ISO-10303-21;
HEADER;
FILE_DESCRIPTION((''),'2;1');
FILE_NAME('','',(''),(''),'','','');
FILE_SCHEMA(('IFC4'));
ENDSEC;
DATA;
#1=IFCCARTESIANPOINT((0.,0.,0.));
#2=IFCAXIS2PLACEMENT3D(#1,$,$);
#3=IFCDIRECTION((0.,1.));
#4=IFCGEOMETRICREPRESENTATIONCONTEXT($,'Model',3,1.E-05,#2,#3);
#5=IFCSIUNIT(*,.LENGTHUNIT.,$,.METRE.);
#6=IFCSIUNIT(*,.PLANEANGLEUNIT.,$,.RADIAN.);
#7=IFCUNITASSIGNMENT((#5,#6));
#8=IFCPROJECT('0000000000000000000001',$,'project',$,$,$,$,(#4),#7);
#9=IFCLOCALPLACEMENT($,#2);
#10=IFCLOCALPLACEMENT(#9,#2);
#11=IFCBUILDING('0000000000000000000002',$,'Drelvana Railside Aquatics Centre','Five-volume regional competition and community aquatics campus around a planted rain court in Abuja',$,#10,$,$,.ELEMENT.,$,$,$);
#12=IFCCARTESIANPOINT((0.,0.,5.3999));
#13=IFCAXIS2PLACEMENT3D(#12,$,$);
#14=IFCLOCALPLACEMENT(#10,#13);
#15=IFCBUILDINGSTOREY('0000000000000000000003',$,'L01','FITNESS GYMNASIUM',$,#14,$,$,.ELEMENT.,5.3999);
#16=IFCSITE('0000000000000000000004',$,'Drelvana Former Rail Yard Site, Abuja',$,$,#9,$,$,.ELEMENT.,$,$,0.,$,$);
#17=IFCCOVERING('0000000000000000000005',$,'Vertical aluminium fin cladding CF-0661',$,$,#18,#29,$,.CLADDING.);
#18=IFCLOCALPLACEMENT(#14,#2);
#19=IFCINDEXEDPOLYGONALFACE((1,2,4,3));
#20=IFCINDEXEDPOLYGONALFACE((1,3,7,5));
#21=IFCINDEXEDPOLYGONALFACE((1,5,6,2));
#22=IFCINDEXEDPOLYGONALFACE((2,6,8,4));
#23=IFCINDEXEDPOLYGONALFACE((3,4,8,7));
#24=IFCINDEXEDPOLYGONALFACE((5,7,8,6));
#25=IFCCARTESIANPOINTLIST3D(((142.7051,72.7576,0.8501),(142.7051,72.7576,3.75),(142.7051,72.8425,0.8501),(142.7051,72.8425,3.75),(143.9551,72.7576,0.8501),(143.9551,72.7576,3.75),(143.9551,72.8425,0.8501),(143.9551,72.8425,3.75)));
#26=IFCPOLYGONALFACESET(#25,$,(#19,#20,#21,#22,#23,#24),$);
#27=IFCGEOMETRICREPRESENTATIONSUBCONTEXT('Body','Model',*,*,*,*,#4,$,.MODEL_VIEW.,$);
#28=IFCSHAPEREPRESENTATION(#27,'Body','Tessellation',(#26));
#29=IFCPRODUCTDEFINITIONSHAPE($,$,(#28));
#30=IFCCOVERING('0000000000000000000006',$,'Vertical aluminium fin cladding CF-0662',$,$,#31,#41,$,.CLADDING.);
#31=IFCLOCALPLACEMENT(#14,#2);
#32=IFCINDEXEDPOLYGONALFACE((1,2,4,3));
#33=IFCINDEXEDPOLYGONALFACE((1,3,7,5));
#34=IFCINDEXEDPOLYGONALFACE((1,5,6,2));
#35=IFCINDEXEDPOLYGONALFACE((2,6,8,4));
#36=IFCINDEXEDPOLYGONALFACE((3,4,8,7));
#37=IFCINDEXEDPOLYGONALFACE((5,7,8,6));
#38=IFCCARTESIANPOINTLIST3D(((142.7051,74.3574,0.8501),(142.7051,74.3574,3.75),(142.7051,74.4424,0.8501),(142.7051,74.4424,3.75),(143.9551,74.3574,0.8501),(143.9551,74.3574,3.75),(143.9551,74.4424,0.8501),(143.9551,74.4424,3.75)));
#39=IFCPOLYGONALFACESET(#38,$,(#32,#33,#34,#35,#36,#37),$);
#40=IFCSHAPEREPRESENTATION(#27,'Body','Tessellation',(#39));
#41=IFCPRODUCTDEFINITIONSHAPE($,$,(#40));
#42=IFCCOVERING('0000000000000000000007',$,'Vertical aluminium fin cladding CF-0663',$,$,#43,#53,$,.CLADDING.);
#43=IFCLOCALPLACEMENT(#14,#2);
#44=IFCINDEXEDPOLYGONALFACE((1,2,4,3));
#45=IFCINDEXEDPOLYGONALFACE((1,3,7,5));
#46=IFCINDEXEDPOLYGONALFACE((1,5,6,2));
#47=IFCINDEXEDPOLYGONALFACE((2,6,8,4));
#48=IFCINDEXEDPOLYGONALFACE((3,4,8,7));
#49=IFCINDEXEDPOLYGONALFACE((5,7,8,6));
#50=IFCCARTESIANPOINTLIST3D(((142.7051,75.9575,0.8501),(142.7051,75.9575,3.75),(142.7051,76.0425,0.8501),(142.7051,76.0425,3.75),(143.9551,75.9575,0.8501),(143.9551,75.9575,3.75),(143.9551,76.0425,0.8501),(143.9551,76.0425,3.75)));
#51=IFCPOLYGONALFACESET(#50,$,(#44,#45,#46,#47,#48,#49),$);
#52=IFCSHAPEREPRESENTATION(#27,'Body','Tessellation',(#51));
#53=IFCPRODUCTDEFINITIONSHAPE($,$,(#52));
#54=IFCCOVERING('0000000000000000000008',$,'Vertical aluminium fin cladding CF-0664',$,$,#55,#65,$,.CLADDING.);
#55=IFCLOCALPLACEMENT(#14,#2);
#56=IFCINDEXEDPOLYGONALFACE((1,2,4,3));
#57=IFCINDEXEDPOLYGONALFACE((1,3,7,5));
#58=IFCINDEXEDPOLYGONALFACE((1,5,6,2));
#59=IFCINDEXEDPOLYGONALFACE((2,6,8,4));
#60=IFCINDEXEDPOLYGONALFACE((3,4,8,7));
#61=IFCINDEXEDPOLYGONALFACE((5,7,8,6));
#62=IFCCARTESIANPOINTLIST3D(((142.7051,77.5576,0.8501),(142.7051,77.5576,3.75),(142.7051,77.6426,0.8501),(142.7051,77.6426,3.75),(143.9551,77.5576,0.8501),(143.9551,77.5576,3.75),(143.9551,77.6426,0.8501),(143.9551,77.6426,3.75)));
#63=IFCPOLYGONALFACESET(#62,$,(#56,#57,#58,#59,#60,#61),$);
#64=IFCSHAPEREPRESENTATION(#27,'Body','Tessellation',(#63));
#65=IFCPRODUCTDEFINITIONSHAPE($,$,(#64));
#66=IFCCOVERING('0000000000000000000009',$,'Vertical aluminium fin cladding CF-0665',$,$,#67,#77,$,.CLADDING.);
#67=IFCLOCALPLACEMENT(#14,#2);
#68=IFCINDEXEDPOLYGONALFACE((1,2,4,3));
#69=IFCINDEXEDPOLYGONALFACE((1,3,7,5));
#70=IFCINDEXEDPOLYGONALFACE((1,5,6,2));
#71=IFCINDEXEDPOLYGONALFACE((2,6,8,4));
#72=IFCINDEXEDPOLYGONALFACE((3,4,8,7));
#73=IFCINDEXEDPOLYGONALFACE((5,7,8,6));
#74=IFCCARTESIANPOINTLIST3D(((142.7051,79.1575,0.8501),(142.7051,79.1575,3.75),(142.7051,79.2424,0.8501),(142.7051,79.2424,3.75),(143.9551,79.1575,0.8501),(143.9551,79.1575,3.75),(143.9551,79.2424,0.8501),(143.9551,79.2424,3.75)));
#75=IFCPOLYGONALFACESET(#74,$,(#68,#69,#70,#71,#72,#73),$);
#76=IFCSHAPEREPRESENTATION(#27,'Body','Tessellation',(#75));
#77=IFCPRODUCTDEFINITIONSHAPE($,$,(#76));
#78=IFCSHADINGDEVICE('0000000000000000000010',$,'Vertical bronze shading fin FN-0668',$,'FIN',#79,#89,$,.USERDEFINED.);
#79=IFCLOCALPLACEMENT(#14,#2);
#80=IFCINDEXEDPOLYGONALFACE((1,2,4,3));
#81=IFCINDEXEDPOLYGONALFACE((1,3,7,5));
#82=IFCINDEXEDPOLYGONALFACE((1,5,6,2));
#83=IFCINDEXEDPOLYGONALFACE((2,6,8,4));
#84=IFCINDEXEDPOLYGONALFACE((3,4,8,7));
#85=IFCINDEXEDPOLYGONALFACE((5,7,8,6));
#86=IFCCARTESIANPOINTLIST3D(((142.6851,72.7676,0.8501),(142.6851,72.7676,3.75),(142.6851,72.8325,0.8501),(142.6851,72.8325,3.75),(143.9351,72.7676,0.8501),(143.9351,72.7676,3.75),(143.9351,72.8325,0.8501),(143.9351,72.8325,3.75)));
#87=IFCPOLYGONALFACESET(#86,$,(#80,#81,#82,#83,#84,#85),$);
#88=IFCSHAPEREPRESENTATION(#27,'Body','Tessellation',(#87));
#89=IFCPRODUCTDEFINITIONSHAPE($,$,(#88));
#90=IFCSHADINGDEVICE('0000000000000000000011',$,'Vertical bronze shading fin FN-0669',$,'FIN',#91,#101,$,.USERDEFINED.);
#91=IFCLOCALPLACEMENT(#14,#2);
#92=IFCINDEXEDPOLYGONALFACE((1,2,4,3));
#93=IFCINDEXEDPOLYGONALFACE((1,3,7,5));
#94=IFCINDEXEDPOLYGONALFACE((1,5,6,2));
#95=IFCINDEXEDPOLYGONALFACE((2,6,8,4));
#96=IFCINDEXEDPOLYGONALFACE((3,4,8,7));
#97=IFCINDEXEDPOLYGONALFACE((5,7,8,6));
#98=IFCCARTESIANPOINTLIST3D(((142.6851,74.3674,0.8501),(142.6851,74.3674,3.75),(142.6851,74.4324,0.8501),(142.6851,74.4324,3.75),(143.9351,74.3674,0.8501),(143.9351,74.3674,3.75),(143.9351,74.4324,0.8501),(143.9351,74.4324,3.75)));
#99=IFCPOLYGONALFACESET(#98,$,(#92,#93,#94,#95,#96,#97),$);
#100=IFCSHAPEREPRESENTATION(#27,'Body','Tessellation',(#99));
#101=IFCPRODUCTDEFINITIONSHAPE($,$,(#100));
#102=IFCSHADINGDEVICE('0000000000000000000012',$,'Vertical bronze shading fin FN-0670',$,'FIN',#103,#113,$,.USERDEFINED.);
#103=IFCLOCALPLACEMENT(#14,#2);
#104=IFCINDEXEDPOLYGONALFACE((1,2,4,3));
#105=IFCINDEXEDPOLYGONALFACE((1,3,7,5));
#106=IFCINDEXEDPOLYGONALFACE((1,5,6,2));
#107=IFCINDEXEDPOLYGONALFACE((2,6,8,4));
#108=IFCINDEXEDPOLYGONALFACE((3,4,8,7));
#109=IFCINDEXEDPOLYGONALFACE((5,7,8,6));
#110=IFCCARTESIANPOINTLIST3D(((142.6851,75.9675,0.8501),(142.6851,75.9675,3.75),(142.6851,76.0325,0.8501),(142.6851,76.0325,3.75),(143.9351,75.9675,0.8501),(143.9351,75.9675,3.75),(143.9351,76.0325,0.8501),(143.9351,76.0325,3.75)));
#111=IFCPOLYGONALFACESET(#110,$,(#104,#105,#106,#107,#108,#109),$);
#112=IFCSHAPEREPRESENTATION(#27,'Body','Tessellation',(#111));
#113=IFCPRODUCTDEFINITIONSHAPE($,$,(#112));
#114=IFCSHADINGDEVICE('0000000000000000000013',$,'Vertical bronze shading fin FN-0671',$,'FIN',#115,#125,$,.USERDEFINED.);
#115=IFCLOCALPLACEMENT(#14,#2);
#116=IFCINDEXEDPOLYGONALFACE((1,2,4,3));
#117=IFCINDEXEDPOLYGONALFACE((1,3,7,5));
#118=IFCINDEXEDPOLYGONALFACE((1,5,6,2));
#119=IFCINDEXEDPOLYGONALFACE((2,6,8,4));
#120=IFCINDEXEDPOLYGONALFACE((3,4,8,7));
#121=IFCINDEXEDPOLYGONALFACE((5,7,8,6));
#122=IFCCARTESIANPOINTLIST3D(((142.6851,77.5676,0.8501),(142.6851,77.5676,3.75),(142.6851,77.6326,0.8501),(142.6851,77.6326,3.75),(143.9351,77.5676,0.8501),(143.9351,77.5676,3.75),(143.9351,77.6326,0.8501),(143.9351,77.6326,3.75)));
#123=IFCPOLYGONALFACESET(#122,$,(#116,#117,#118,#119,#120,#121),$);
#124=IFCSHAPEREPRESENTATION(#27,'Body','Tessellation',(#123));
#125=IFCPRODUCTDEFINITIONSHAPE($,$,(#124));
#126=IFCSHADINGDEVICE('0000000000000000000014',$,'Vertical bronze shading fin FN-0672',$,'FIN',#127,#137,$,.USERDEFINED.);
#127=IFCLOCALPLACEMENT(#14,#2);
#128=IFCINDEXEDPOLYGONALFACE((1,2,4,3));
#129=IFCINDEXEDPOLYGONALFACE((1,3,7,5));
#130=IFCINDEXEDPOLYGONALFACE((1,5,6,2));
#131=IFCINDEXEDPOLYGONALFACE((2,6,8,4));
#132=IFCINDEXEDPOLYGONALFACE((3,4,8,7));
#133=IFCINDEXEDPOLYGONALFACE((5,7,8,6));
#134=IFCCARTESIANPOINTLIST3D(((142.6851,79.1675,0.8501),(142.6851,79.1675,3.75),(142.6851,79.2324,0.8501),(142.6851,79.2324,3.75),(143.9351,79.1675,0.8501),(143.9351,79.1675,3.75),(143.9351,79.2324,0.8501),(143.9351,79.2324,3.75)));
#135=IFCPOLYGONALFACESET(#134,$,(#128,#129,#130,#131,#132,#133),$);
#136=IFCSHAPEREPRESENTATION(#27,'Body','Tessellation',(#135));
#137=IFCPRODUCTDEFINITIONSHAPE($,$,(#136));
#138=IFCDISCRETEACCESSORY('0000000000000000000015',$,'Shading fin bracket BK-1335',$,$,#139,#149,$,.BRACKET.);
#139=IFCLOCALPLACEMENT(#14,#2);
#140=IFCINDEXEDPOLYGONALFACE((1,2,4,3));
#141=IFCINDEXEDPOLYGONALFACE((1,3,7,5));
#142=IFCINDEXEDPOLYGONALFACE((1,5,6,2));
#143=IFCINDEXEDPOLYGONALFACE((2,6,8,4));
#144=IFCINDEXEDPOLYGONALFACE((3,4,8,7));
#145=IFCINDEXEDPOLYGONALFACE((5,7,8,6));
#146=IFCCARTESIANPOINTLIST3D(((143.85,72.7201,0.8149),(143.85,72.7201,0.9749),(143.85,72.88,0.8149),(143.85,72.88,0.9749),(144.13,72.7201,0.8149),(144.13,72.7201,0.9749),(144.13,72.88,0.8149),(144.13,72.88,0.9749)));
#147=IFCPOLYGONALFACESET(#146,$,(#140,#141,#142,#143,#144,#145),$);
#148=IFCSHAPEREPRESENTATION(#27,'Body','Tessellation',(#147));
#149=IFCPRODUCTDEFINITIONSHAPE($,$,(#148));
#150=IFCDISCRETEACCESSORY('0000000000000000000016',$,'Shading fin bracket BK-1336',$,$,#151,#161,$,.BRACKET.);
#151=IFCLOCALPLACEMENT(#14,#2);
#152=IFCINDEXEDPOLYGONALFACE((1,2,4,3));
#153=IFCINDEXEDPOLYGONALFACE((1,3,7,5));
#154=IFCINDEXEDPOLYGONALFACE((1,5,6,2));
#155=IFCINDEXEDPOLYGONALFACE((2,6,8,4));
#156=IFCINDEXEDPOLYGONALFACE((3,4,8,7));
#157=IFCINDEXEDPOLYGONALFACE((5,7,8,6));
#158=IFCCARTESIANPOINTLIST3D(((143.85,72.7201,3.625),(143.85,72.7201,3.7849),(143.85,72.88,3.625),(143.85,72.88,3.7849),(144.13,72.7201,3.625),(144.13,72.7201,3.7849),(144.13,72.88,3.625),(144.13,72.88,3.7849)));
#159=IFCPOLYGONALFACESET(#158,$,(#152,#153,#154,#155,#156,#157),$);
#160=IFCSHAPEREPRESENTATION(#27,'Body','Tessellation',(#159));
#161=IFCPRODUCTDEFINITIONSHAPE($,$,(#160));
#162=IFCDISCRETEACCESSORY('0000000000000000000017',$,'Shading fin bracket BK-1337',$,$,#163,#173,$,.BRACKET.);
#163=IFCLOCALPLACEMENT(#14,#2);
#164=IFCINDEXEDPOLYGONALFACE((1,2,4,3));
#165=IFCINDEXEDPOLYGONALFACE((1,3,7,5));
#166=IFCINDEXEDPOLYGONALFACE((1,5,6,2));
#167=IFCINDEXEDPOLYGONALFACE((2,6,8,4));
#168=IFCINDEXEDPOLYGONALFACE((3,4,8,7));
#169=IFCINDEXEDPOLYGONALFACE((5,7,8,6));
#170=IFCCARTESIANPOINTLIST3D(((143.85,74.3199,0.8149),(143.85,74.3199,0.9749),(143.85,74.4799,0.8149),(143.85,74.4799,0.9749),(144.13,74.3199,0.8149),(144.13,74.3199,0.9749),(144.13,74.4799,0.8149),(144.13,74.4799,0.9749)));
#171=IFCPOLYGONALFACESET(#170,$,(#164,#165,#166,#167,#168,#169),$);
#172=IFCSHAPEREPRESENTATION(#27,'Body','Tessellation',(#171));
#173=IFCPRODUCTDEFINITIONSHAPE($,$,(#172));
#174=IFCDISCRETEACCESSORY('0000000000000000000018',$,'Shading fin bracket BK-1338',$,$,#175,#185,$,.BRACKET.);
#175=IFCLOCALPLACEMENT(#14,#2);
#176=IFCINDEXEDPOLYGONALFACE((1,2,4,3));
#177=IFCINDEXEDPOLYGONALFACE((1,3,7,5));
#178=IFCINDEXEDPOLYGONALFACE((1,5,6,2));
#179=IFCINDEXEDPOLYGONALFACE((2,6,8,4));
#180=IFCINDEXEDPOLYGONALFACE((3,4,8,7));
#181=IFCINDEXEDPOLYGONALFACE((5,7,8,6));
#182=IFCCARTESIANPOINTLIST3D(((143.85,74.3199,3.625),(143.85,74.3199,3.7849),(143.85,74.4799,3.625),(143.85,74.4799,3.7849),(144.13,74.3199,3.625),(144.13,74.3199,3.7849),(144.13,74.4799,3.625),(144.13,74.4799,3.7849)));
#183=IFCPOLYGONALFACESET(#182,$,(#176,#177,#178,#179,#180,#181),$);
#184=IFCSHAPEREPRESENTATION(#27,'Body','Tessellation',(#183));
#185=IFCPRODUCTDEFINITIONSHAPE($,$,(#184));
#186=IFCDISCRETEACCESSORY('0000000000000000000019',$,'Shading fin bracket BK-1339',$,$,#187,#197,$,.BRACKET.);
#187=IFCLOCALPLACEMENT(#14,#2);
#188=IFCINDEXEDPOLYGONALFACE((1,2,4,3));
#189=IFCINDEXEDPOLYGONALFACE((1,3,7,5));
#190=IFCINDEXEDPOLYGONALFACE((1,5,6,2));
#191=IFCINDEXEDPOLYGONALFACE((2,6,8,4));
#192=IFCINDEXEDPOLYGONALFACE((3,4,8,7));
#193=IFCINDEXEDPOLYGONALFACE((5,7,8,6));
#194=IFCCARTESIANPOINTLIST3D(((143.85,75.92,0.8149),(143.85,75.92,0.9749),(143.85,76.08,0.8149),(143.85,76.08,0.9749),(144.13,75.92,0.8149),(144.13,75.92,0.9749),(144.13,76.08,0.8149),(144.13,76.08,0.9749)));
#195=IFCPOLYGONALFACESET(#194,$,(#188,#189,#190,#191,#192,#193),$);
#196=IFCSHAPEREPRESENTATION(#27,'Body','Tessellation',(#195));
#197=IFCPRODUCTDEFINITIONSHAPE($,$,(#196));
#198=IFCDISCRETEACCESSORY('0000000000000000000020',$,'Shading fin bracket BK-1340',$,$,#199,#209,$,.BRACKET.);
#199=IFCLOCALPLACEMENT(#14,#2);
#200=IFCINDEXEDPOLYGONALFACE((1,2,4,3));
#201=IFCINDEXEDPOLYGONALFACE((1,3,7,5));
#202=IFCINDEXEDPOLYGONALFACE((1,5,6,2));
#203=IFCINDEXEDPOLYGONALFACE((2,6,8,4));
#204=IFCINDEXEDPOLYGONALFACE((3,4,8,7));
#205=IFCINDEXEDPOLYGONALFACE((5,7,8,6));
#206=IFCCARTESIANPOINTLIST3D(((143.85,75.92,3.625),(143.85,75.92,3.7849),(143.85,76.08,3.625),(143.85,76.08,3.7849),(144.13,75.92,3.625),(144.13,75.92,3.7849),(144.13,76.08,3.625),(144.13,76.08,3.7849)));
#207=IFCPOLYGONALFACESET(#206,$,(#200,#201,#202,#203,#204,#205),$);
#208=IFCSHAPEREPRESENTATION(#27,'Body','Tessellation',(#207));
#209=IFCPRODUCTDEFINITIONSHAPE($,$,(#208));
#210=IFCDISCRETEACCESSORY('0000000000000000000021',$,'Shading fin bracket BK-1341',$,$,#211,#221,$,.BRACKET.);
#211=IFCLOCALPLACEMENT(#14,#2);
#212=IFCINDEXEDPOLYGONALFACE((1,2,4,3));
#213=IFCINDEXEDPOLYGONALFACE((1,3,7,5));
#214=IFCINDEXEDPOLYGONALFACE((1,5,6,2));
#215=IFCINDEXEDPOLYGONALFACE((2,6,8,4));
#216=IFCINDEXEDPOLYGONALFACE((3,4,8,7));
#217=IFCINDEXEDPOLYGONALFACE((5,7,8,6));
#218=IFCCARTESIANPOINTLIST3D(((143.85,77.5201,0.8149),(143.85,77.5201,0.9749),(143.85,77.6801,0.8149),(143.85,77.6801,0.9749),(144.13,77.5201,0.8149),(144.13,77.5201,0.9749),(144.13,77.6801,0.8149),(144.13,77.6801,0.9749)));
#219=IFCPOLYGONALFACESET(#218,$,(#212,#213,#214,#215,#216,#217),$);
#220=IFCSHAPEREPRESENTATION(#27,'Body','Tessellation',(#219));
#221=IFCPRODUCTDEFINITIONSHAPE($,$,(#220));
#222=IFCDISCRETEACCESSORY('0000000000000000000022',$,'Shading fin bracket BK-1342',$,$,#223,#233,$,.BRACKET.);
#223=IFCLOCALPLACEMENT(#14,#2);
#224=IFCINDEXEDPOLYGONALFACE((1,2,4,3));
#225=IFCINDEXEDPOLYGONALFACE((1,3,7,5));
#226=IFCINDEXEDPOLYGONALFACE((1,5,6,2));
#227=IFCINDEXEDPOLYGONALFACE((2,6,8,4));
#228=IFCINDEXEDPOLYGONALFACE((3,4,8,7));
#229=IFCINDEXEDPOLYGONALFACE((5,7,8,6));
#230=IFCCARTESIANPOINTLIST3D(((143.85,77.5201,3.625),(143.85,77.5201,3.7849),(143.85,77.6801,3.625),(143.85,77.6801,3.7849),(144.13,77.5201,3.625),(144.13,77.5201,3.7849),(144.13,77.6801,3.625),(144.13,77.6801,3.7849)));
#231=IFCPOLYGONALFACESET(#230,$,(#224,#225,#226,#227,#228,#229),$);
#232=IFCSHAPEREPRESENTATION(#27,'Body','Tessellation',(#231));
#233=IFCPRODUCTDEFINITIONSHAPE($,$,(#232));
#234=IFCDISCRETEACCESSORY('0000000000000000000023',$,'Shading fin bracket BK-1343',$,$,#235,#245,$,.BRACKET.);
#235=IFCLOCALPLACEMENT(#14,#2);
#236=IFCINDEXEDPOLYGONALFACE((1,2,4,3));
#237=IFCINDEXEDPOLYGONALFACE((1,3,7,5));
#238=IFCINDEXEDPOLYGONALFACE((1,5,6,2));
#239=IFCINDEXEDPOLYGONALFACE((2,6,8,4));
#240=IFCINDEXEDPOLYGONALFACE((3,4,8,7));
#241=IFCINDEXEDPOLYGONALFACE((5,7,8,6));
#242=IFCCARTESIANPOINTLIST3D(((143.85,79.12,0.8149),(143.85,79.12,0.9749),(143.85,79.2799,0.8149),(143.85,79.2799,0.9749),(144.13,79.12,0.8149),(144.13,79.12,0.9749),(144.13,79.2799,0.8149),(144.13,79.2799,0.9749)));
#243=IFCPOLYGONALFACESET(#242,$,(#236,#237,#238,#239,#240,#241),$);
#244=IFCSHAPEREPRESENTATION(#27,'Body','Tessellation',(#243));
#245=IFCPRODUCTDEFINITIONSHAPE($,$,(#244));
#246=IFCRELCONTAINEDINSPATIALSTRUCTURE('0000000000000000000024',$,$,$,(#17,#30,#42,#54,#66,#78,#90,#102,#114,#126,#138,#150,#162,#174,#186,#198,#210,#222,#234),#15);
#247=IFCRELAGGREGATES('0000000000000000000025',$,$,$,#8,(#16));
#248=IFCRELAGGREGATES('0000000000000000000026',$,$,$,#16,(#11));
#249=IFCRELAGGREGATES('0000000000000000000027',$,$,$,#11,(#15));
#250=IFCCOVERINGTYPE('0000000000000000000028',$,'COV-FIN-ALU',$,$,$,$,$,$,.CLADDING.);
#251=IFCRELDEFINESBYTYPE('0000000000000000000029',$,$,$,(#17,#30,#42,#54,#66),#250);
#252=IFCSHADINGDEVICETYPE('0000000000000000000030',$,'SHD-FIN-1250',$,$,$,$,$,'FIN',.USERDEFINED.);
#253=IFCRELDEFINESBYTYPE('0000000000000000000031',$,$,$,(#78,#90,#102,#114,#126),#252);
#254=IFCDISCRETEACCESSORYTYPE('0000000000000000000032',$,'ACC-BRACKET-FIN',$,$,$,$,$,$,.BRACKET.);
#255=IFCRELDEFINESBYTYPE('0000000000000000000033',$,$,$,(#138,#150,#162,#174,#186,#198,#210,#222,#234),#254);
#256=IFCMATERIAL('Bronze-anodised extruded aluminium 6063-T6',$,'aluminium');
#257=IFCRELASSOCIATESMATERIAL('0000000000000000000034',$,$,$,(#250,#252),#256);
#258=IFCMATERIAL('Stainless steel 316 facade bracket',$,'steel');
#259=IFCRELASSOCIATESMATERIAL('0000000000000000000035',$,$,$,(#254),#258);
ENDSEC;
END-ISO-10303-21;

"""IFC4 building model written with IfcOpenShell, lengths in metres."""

from ifc_helpers import new_model, si_unit, direction, frame, origin, origin_2d, place, context, subcontext, project, spatial, rectangle, extrude, material, type_object, element, save


model = new_model("IFC4")

# Units and contexts
model_context = context("Model", 3, precision=1e-05, world=origin(), true_north=direction((0.0, 1.0)))
body_context = subcontext(model_context, "Body", "Model", "MODEL_VIEW")
ifc_project = project(units=[si_unit("LENGTHUNIT", "METRE"), si_unit("PLANEANGLEUNIT", "RADIAN")], contexts=[model_context])

# Site, building, storey
site_placement = place(None, origin())
site = spatial("IfcSite", under=ifc_project, at=site_placement, Name="Drelvana Former Rail Yard Site, Abuja", CompositionType="ELEMENT", RefElevation=0.0)
building_placement = place(site_placement, origin())
building = spatial("IfcBuilding", under=site, at=building_placement, Name="Drelvana Railside Aquatics Centre", Description="Five-volume regional competition and community aquatics campus around a planted rain court in Abuja", CompositionType="ELEMENT")
storey_placement = place(building_placement, frame((0.0, 0.0, 5.3999)))
storey = spatial("IfcBuildingStorey", under=building, at=storey_placement, Name="L01", Description="FITNESS GYMNASIUM", CompositionType="ELEMENT", Elevation=5.3999)

# Coverings
ifc_material_1 = material(Name="Bronze-anodised extruded aluminium 6063-T6", Category="aluminium")
covering_type = type_object("IfcCoveringType", Name="COV-FIN-ALU", PredefinedType="CLADDING", material=ifc_material_1)
for number, where, z_axis, x_axis, name in (
    (1, (143.3301, 72.8, 0.8501), (0.0, 0.0, 1.0), (0.0, 1.0, 0.0), "Vertical aluminium fin cladding CF-0661"),
    (2, (143.3301, 74.3999, 0.8501), (0.0, 0.0, 1.0), (0.0, 1.0, 0.0), "Vertical aluminium fin cladding CF-0662"),
    (3, (143.3301, 76.0, 0.8501), (0.0, 0.0, 1.0), (0.0, 1.0, 0.0), "Vertical aluminium fin cladding CF-0663"),
    (4, (143.3301, 77.6001, 0.8501), (0.0, 0.0, 1.0), (0.0, 1.0, 0.0), "Vertical aluminium fin cladding CF-0664"),
    (5, (143.3301, 79.2, 0.8501), (0.0, 0.0, 1.0), (0.0, 1.0, 0.0), "Vertical aluminium fin cladding CF-0665"),
):
    element("IfcCovering", number, at=place(storey_placement, frame(where, z_axis=z_axis, x_axis=x_axis)), inside=storey, type_object=covering_type, Name=name, PredefinedType="CLADDING", context=body_context, shape_type="SweptSolid", body=[
        extrude(rectangle(XDim=0.085, YDim=1.25, at=origin_2d()), origin(), (0.0, 0.0, 1.0), 2.8999),
    ])

# Shading devices
shading_device_type = type_object("IfcShadingDeviceType", Name="SHD-FIN-1250", ElementType="FIN", PredefinedType="USERDEFINED", material=ifc_material_1)
for number, where, z_axis, x_axis, name in (
    (6, (143.3101, 72.8, 0.8501), (0.0, 0.0, 1.0), (-1.0, 0.0, 0.0), "Vertical bronze shading fin FN-0668"),
    (7, (143.3101, 74.3999, 0.8501), (0.0, 0.0, 1.0), (-1.0, 0.0, 0.0), "Vertical bronze shading fin FN-0669"),
    (8, (143.3101, 76.0, 0.8501), (0.0, 0.0, 1.0), (-1.0, 0.0, 0.0), "Vertical bronze shading fin FN-0670"),
    (9, (143.3101, 77.6001, 0.8501), (0.0, 0.0, 1.0), (-1.0, 0.0, 0.0), "Vertical bronze shading fin FN-0671"),
    (10, (143.3101, 79.2, 0.8501), (0.0, 0.0, 1.0), (-1.0, 0.0, 0.0), "Vertical bronze shading fin FN-0672"),
):
    element("IfcShadingDevice", number, at=place(storey_placement, frame(where, z_axis=z_axis, x_axis=x_axis)), inside=storey, type_object=shading_device_type, Name=name, ObjectType="FIN", PredefinedType="USERDEFINED", context=body_context, shape_type="SweptSolid", body=[
        extrude(rectangle(XDim=1.25, YDim=0.0649, at=origin_2d()), origin(), (0.0, 0.0, 1.0), 2.8999),
    ])

# Discrete accessories
ifc_material_2 = material(Name="Stainless steel 316 facade bracket", Category="steel")
discrete_accessory_type = type_object("IfcDiscreteAccessoryType", Name="ACC-BRACKET-FIN", PredefinedType="BRACKET", material=ifc_material_2)
for number, where, z_axis, x_axis, name in (
    (11, (143.99, 72.8, 0.8149), (0.0, 0.0, 1.0), (-1.0, 0.0, 0.0), "Shading fin bracket BK-1335"),
    (12, (143.99, 72.8, 3.625), (0.0, 0.0, 1.0), (-1.0, 0.0, 0.0), "Shading fin bracket BK-1336"),
    (13, (143.99, 74.3999, 0.8149), (0.0, 0.0, 1.0), (-1.0, 0.0, 0.0), "Shading fin bracket BK-1337"),
    (14, (143.99, 74.3999, 3.625), (0.0, 0.0, 1.0), (-1.0, 0.0, 0.0), "Shading fin bracket BK-1338"),
    (15, (143.99, 76.0, 0.8149), (0.0, 0.0, 1.0), (-1.0, 0.0, 0.0), "Shading fin bracket BK-1339"),
    (16, (143.99, 76.0, 3.625), (0.0, 0.0, 1.0), (-1.0, 0.0, 0.0), "Shading fin bracket BK-1340"),
    (17, (143.99, 77.6001, 0.8149), (0.0, 0.0, 1.0), (-1.0, 0.0, 0.0), "Shading fin bracket BK-1341"),
    (18, (143.99, 77.6001, 3.625), (0.0, 0.0, 1.0), (-1.0, 0.0, 0.0), "Shading fin bracket BK-1342"),
    (19, (143.99, 79.2, 0.8149), (0.0, 0.0, 1.0), (-1.0, 0.0, 0.0), "Shading fin bracket BK-1343"),
):
    element("IfcDiscreteAccessory", number, at=place(storey_placement, frame(where, z_axis=z_axis, x_axis=x_axis)), inside=storey, type_object=discrete_accessory_type, Name=name, PredefinedType="BRACKET", context=body_context, shape_type="SweptSolid", body=[
        extrude(rectangle(XDim=0.28, YDim=0.1599, at=origin_2d()), origin(), (0.0, 0.0, 1.0), 0.1599),
    ])

save(model, "model.ifc")
